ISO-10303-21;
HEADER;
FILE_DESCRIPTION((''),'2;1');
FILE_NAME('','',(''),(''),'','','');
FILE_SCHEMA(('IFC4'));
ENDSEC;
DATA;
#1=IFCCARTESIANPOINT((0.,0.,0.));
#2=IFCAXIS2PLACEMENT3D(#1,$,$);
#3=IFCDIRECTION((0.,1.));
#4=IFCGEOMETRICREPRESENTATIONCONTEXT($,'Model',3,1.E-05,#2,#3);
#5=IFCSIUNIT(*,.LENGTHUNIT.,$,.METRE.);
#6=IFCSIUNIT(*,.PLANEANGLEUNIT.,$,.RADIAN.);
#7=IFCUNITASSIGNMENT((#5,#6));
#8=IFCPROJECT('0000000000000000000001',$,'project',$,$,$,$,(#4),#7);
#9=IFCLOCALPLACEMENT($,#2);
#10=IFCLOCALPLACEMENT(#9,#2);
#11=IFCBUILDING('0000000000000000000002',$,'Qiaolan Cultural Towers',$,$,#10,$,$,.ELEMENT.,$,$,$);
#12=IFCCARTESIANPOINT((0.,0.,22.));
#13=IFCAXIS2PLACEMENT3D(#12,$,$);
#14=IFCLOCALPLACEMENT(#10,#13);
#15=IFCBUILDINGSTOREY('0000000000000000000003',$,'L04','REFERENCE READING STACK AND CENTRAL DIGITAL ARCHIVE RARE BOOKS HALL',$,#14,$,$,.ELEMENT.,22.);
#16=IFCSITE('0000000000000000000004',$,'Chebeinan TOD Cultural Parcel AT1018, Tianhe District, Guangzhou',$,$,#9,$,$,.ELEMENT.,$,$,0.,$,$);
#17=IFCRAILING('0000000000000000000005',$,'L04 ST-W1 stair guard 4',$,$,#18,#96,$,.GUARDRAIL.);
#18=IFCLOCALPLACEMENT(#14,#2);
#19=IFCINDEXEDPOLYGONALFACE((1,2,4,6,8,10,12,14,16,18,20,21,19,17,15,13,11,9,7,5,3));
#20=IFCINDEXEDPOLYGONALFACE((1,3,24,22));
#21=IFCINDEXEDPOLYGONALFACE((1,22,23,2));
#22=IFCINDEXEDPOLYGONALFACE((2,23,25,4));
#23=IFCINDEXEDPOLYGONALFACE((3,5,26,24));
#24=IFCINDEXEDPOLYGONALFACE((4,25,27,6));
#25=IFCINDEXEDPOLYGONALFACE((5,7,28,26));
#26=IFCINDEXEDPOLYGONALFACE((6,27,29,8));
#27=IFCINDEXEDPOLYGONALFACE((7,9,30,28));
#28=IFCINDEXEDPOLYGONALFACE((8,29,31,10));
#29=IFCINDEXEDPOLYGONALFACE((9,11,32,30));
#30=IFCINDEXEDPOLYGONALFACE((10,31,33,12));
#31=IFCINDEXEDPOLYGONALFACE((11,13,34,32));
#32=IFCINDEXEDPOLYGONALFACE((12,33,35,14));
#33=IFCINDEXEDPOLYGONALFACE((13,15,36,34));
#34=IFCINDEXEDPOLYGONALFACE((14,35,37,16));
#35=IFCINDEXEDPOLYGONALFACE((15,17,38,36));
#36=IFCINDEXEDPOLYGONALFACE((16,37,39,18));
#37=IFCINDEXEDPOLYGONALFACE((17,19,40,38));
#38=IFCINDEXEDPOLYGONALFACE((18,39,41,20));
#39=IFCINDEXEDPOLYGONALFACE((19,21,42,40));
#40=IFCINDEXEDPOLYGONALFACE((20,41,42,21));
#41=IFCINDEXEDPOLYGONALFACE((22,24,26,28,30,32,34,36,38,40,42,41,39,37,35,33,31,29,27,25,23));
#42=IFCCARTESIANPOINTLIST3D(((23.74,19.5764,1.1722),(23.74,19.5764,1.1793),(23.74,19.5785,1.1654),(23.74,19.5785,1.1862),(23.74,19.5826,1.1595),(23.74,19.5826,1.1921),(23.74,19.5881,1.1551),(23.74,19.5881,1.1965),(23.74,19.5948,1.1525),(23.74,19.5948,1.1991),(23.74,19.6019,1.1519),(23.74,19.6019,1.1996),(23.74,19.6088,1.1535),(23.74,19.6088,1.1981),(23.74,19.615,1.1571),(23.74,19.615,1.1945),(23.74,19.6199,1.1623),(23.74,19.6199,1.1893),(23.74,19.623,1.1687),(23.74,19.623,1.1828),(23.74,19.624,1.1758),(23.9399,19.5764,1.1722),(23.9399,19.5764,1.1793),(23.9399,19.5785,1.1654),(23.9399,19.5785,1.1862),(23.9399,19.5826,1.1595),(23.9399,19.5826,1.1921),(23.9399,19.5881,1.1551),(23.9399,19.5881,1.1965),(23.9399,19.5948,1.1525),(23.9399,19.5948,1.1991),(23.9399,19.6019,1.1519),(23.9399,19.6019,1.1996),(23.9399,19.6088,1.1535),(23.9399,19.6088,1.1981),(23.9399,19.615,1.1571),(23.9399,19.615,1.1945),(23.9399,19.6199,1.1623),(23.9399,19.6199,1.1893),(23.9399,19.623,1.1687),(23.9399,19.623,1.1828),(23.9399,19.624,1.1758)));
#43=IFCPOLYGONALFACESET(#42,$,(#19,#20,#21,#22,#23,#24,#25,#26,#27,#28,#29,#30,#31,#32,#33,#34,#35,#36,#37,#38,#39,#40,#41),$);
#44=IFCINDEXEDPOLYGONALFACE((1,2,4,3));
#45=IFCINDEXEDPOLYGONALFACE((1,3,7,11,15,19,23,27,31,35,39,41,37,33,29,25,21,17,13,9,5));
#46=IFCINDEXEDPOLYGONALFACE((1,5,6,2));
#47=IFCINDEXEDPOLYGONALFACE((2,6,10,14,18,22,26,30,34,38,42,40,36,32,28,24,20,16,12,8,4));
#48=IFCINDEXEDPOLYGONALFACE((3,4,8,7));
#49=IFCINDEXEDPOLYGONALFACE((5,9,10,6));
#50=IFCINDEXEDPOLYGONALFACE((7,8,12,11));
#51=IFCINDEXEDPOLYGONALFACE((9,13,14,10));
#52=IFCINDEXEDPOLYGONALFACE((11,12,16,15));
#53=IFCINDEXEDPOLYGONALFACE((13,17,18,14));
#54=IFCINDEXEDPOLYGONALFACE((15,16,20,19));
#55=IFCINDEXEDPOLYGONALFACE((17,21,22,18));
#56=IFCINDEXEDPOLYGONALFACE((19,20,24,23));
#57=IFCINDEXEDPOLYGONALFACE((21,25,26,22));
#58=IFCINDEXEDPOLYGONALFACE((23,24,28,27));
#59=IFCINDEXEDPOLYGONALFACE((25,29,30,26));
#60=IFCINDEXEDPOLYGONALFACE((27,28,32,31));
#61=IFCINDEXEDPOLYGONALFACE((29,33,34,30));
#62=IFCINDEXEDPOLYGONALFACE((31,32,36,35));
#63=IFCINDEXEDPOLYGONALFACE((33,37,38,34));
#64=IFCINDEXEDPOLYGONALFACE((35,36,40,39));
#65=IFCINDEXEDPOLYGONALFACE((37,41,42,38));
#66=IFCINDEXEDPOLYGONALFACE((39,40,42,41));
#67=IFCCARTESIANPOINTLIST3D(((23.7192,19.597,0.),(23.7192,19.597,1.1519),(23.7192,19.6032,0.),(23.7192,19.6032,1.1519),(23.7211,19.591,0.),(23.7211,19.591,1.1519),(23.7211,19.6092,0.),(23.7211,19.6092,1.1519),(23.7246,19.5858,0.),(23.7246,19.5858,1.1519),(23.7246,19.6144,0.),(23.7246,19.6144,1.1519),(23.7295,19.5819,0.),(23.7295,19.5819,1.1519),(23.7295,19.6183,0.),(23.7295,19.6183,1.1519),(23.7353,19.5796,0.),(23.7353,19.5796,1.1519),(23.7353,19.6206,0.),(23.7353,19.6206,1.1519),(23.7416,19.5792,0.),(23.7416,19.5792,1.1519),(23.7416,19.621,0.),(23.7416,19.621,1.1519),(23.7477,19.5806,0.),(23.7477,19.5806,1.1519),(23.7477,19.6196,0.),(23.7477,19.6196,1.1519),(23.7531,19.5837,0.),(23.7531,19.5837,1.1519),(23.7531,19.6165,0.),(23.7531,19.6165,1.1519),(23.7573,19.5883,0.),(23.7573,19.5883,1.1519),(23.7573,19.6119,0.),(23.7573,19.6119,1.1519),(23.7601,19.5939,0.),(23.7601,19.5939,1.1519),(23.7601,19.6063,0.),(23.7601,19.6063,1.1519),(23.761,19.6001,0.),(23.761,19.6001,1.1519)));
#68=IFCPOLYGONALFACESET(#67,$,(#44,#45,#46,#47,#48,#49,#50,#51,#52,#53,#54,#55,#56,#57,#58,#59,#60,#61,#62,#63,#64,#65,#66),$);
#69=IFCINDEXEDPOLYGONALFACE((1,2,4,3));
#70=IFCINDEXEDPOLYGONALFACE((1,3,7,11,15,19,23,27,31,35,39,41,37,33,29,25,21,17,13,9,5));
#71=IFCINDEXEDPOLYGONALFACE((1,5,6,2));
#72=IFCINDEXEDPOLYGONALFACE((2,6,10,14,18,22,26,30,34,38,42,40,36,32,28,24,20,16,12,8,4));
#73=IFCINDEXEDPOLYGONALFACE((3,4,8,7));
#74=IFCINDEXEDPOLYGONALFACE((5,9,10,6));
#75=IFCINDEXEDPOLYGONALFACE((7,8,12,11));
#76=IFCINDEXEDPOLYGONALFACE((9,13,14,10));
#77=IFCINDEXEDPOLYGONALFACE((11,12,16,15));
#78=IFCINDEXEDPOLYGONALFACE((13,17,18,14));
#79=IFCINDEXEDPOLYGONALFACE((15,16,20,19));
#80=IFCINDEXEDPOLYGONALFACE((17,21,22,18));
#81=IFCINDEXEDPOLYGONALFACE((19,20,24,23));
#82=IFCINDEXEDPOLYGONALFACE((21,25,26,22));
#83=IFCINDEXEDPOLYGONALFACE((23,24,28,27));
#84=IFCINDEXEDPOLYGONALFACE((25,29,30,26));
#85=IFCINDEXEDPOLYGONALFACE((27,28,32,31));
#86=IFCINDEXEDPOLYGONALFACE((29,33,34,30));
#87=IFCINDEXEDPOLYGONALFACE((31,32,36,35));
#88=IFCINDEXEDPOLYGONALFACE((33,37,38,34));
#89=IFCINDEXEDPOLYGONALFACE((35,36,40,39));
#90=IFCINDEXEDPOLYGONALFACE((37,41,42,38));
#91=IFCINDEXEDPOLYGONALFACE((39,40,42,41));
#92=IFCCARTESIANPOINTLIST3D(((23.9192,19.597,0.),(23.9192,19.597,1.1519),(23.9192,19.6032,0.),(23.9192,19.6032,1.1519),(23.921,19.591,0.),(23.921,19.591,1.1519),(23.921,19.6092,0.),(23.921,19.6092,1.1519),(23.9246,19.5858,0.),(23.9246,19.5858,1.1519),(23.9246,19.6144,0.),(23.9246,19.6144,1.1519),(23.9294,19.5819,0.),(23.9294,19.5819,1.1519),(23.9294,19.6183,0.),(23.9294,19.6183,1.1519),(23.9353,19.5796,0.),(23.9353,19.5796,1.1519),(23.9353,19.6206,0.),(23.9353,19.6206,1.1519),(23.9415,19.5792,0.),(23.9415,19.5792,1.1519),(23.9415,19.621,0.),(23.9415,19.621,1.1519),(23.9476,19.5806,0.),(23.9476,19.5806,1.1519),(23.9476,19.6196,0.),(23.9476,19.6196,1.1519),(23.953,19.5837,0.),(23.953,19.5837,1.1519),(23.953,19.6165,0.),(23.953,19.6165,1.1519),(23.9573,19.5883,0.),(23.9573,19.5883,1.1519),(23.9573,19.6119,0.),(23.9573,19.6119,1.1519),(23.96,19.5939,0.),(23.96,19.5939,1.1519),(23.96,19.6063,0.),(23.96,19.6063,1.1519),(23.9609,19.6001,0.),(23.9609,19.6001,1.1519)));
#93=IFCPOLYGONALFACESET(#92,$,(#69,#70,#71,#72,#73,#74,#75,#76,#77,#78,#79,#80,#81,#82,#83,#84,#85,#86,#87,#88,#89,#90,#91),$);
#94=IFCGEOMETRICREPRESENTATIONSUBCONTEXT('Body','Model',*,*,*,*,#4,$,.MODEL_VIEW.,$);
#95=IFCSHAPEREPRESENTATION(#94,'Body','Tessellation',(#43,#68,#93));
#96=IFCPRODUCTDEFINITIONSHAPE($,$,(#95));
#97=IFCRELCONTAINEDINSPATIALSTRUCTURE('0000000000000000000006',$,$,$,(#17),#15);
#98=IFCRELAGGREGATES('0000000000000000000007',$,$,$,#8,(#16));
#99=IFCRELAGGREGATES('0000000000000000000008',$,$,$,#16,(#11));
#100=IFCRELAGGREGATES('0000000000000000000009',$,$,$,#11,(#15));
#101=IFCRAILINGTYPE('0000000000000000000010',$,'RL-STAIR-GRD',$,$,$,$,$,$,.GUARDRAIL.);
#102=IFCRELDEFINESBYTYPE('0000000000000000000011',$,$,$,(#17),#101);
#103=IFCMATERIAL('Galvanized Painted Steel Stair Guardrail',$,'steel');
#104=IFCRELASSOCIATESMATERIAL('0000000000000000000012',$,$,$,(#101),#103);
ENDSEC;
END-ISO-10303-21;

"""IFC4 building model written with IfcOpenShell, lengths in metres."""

from ifc_helpers import new_model, si_unit, direction, frame, origin, origin_2d, place, context, subcontext, project, spatial, circle, extrude, material, type_object, element, save


model = new_model("IFC4")

# Units and contexts
model_context = context("Model", 3, precision=1e-05, world=origin(), true_north=direction((0.0, 1.0)))
body_context = subcontext(model_context, "Body", "Model", "MODEL_VIEW")
ifc_project = project(units=[si_unit("LENGTHUNIT", "METRE"), si_unit("PLANEANGLEUNIT", "RADIAN")], contexts=[model_context])

# Site, building, storey
site_placement = place(None, origin())
site = spatial("IfcSite", under=ifc_project, at=site_placement, Name="Chebeinan TOD Cultural Parcel AT1018, Tianhe District, Guangzhou", CompositionType="ELEMENT", RefElevation=0.0)
building_placement = place(site_placement, origin())
building = spatial("IfcBuilding", under=site, at=building_placement, Name="Qiaolan Cultural Towers", CompositionType="ELEMENT")
storey_placement = place(building_placement, frame((0.0, 0.0, 22.0)))
storey = spatial("IfcBuildingStorey", under=building, at=storey_placement, Name="L04", Description="REFERENCE READING STACK AND CENTRAL DIGITAL ARCHIVE RARE BOOKS HALL", CompositionType="ELEMENT", Elevation=22.0)

# Railing
ifc_material_1 = material(Name="Galvanized Painted Steel Stair Guardrail", Category="steel")
railing_type_1 = type_object("IfcRailingType", Name="RL-STAIR-GRD", PredefinedType="GUARDRAIL", material=ifc_material_1)
railing_1_placement = place(storey_placement, frame((23.74, 19.6001, 0.0)))
element("IfcRailing", 1, at=railing_1_placement, inside=storey, type_object=railing_type_1, Name="L04 ST-W1 stair guard 4", PredefinedType="GUARDRAIL", context=body_context, shape_type="SweptSolid", body=[
    extrude(circle(Radius=0.0239, at=origin_2d()), frame((0.0, 0.0, 1.1758), z_axis=(1.0, 0.0, 0.0), x_axis=(0.0, 1.0, 0.0)), (0.0, 0.0, 1.0), 0.2),
    extrude(circle(Radius=0.021, at=origin_2d()), origin(), (0.0, 0.0, 1.0), 1.1519),
    extrude(circle(Radius=0.021, at=origin_2d()), frame((0.2, 0.0, 0.0)), (0.0, 0.0, 1.0), 1.1519),
])

save(model, "model.ifc")
